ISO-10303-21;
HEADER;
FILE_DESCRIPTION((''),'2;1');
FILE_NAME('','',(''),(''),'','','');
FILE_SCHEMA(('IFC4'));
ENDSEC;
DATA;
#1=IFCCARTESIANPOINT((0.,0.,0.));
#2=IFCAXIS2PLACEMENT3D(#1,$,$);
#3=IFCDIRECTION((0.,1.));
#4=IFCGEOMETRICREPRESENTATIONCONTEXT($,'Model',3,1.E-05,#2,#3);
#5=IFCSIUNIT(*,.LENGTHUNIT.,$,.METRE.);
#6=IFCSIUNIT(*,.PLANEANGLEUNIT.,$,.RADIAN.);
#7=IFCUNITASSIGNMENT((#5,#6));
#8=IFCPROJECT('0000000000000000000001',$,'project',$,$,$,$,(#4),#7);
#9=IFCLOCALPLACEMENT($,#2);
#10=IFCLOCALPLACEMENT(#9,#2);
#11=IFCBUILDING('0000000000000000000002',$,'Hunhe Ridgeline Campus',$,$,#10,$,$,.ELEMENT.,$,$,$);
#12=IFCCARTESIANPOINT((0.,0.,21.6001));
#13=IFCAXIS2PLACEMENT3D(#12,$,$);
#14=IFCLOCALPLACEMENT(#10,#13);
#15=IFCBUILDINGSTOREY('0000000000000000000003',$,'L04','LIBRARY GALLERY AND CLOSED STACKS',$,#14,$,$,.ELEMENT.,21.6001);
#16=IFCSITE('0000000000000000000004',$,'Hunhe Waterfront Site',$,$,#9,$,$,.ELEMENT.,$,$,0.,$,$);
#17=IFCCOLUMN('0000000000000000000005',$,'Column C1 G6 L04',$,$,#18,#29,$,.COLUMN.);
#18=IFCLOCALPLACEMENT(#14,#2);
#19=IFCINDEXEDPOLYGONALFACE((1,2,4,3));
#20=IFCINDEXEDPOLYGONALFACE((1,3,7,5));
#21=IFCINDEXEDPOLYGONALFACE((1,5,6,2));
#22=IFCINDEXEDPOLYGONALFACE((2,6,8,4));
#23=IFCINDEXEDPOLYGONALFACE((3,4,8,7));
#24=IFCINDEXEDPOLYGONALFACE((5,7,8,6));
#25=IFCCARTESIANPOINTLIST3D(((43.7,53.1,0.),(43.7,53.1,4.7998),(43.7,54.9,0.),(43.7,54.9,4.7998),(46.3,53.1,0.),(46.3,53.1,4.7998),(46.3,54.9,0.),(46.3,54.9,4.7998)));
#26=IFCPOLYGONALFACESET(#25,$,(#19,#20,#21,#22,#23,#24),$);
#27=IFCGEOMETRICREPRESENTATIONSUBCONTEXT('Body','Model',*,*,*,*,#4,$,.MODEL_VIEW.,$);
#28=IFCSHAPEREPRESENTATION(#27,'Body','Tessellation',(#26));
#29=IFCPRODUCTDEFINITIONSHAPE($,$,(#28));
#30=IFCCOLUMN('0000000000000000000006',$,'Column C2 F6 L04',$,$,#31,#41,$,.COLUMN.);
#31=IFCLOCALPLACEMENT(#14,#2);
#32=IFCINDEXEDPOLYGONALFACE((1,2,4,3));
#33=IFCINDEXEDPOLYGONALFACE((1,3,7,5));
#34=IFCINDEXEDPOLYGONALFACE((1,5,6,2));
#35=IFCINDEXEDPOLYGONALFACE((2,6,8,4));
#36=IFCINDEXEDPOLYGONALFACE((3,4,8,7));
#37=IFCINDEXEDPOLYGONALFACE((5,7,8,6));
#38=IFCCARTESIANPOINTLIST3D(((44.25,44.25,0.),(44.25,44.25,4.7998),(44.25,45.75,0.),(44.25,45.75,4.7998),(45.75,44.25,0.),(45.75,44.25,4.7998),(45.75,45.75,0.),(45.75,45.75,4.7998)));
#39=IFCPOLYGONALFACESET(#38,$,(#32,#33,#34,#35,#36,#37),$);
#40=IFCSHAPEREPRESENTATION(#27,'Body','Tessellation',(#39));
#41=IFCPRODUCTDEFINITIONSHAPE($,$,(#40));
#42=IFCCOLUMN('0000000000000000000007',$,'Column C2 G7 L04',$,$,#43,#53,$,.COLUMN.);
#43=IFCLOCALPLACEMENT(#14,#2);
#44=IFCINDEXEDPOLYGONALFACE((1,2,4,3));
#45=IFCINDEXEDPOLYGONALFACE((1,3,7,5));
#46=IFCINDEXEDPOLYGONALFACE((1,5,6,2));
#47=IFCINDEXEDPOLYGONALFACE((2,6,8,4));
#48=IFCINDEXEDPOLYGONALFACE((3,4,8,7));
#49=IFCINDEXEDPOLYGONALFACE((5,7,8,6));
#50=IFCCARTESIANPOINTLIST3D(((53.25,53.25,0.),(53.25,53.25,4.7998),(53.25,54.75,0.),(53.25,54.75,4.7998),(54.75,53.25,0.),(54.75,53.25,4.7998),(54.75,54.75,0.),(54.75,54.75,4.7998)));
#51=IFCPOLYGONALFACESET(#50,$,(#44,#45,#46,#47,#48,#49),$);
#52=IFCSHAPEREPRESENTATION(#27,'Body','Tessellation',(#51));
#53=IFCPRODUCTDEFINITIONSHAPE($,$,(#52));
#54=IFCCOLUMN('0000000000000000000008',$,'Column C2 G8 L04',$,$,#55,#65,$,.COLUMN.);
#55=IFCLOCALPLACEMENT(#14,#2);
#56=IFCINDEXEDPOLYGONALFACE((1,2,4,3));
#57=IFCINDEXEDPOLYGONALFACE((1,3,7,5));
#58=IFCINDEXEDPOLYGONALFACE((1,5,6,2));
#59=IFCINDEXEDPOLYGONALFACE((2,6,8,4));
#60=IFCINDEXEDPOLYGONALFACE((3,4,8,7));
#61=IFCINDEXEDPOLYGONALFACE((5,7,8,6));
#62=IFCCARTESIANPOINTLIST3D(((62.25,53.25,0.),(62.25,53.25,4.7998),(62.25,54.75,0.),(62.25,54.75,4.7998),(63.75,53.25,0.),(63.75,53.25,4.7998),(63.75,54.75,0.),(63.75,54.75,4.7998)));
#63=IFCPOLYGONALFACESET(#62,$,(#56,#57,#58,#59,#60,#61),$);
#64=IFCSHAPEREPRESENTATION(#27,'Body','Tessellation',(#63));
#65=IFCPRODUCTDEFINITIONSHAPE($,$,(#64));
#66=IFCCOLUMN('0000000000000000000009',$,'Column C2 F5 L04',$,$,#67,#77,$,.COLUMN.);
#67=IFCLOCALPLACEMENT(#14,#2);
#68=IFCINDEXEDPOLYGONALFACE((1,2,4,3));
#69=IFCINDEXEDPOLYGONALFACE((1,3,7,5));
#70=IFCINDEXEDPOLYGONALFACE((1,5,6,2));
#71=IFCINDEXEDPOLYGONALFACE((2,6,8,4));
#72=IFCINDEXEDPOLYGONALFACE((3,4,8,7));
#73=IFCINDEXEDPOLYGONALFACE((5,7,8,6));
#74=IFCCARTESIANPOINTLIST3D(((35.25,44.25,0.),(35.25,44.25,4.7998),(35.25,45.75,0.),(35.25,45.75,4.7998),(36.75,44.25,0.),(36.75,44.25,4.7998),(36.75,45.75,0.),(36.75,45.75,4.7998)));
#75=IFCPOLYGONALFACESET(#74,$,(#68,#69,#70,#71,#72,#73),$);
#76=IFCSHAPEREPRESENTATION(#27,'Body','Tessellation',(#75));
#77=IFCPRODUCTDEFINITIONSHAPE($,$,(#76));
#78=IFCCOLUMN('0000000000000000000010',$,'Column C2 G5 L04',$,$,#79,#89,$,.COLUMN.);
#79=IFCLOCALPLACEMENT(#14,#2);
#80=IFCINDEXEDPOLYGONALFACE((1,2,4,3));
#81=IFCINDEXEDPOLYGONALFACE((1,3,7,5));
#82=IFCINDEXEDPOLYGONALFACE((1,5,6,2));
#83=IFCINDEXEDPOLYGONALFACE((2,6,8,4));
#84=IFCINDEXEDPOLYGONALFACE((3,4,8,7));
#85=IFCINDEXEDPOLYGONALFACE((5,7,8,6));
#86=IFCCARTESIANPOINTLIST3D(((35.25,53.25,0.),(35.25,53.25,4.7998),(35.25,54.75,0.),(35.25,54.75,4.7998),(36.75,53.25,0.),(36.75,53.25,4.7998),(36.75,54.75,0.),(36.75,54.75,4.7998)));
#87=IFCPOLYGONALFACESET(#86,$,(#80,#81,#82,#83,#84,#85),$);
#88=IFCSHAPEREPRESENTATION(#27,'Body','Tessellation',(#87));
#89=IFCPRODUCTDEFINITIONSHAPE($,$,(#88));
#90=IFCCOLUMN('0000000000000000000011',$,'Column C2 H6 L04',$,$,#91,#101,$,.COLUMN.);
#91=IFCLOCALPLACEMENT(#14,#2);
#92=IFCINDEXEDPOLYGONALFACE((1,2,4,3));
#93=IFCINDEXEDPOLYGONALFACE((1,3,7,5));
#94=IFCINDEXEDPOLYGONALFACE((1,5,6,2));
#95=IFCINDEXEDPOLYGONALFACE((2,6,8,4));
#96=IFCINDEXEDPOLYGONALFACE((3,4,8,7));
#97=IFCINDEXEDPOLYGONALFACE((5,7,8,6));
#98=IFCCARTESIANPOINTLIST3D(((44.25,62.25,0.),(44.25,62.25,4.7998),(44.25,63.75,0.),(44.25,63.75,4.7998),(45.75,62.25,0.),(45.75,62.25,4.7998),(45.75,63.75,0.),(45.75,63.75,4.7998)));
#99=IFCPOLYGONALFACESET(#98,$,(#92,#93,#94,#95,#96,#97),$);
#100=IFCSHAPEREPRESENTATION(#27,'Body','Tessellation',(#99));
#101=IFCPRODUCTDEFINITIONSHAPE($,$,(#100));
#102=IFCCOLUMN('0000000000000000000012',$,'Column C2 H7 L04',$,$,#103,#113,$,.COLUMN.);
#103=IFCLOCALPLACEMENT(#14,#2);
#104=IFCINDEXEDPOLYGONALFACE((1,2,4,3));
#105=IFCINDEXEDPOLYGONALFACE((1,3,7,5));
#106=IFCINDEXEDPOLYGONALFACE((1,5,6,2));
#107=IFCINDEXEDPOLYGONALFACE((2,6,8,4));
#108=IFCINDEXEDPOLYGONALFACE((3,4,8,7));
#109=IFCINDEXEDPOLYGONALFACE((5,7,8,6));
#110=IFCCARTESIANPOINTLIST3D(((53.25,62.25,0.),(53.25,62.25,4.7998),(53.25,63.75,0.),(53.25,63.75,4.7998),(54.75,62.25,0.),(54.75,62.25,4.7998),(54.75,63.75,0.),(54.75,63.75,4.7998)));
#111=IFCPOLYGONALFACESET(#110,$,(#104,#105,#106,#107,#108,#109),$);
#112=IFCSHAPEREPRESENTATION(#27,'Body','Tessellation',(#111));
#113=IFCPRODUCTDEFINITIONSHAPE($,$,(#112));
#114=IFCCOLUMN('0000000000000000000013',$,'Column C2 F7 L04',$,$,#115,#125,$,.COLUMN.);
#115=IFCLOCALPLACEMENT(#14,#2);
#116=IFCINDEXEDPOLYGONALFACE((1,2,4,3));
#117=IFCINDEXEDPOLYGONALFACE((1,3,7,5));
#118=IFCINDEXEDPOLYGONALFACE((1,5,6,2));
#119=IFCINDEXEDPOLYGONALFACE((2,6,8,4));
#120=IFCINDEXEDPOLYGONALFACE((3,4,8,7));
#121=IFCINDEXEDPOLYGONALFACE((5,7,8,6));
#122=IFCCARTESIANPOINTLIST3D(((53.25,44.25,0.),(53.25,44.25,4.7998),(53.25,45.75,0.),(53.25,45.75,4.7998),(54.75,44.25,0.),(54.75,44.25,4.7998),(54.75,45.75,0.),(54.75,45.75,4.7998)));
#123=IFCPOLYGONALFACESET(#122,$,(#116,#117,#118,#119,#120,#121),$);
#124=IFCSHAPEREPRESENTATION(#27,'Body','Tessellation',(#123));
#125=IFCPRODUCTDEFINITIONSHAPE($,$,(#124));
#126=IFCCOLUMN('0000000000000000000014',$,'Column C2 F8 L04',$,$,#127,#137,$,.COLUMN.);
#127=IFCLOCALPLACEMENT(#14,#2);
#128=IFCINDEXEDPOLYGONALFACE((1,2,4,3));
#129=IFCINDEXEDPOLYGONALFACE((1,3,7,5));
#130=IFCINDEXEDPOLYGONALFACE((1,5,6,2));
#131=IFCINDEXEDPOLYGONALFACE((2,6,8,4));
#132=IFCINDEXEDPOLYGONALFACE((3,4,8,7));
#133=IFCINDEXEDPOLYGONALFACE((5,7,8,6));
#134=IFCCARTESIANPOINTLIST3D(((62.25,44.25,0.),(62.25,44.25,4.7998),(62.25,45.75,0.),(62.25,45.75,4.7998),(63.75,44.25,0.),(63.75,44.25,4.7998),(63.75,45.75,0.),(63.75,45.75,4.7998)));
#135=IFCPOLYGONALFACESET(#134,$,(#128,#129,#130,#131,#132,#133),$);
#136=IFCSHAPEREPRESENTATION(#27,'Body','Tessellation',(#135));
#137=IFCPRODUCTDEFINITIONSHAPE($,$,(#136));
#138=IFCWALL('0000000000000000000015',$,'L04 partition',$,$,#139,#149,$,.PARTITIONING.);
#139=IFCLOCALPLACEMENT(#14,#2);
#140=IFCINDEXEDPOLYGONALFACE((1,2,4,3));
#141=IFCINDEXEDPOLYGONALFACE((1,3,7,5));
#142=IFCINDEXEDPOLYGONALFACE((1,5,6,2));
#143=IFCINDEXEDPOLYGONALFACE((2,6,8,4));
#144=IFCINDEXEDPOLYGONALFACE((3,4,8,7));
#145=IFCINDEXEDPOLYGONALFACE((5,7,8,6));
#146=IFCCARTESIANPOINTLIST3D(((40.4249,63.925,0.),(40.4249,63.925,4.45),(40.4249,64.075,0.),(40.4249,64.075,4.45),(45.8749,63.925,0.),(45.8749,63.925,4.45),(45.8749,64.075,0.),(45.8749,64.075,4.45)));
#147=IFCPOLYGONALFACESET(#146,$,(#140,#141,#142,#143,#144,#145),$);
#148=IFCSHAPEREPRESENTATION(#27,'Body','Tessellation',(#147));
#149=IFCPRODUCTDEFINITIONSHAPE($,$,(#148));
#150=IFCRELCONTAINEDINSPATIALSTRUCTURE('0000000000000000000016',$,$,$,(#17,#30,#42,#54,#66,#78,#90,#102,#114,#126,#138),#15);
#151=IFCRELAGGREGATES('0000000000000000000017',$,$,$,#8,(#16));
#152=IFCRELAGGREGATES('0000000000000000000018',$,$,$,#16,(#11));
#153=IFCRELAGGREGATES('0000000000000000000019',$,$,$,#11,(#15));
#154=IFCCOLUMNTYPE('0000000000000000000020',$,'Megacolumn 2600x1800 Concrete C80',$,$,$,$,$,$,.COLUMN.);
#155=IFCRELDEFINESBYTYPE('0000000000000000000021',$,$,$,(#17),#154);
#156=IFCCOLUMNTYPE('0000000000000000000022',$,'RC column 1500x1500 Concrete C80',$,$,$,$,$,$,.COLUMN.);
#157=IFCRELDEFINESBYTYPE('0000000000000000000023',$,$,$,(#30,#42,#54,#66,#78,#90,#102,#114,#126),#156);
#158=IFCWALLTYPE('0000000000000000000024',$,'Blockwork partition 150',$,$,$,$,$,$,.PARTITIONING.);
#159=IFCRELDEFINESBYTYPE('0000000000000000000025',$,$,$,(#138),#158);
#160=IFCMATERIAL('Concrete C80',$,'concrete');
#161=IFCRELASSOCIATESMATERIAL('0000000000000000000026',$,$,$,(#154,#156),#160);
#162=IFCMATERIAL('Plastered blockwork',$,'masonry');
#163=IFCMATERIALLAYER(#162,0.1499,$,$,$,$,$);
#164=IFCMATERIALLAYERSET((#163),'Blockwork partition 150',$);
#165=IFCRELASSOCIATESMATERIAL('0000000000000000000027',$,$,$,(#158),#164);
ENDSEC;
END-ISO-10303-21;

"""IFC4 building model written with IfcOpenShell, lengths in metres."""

from ifc_helpers import new_model, si_unit, direction, frame, frame_2d, origin, origin_2d, place, context, subcontext, project, spatial, rectangle, extrude, material, layer, layer_set, material_profile, profile_set, type_object, element, save


model = new_model("IFC4")

# Units and contexts
model_context = context("Model", 3, precision=1e-05, world=origin(), true_north=direction((0.0, 1.0)))
body_context = subcontext(model_context, "Body", "Model", "MODEL_VIEW")
ifc_project = project(units=[si_unit("LENGTHUNIT", "METRE"), si_unit("PLANEANGLEUNIT", "RADIAN")], contexts=[model_context])

# Site, building, storey
site_placement = place(None, origin())
site = spatial("IfcSite", under=ifc_project, at=site_placement, Name="Hunhe Waterfront Site", CompositionType="ELEMENT", RefElevation=0.0)
building_placement = place(site_placement, origin())
building = spatial("IfcBuilding", under=site, at=building_placement, Name="Hunhe Ridgeline Campus", CompositionType="ELEMENT")
storey_placement = place(building_placement, frame((0.0, 0.0, 21.6001)))
storey = spatial("IfcBuildingStorey", under=building, at=storey_placement, Name="L04", Description="LIBRARY GALLERY AND CLOSED STACKS", CompositionType="ELEMENT", Elevation=21.6001)

# Columns
ifc_material_1 = material(Name="Concrete C80", Category="concrete")
ifc_material_profile_1 = material_profile(ifc_material_1, rectangle(XDim=2.6001, YDim=1.8, at=origin_2d()))
ifc_profile_set_1 = profile_set([ifc_material_profile_1], Name="Concrete C80")
column_type_1 = type_object("IfcColumnType", Name="Megacolumn 2600x1800 Concrete C80", PredefinedType="COLUMN", material=ifc_profile_set_1)
column_placement = place(storey_placement, frame((45.0, 54.0, 0.0), z_axis=(0.0, 0.0, 1.0), x_axis=(1.0, 0.0, 0.0)))
element("IfcColumn", 1, at=column_placement, inside=storey, type_object=column_type_1, Name="Column C1 G6 L04", PredefinedType="COLUMN", context=body_context, shape_type="SweptSolid", body=[
    extrude(rectangle(XDim=2.6001, YDim=1.8, at=origin_2d()), origin(), (0.0, 0.0, 1.0), 4.7998),
])
ifc_material_profile_2 = material_profile(ifc_material_1, rectangle(XDim=1.5, YDim=1.5, at=origin_2d()))
ifc_profile_set_2 = profile_set([ifc_material_profile_2], Name="Concrete C80")
column_type_2 = type_object("IfcColumnType", Name="RC column 1500x1500 Concrete C80", PredefinedType="COLUMN", material=ifc_profile_set_2)
for number, where, z_axis, x_axis, name in (
    (2, (45.0, 45.0, 0.0), (0.0, 0.0, 1.0), (1.0, 0.0, 0.0), "Column C2 F6 L04"),
    (3, (54.0, 54.0, 0.0), (0.0, 0.0, 1.0), (1.0, 0.0, 0.0), "Column C2 G7 L04"),
    (4, (63.0, 54.0, 0.0), (0.0, 0.0, 1.0), (1.0, 0.0, 0.0), "Column C2 G8 L04"),
    (5, (36.0, 45.0, 0.0), (0.0, 0.0, 1.0), (1.0, 0.0, 0.0), "Column C2 F5 L04"),
    (6, (36.0, 54.0, 0.0), (0.0, 0.0, 1.0), (1.0, 0.0, 0.0), "Column C2 G5 L04"),
    (7, (45.0, 63.0, 0.0), (0.0, 0.0, 1.0), (1.0, 0.0, 0.0), "Column C2 H6 L04"),
    (8, (54.0, 63.0, 0.0), (0.0, 0.0, 1.0), (1.0, 0.0, 0.0), "Column C2 H7 L04"),
    (9, (54.0, 45.0, 0.0), (0.0, 0.0, 1.0), (1.0, 0.0, 0.0), "Column C2 F7 L04"),
    (10, (63.0, 45.0, 0.0), (0.0, 0.0, 1.0), (1.0, 0.0, 0.0), "Column C2 F8 L04"),
):
    element("IfcColumn", number, at=place(storey_placement, frame(where, z_axis=z_axis, x_axis=x_axis)), inside=storey, type_object=column_type_2, Name=name, PredefinedType="COLUMN", context=body_context, shape_type="SweptSolid", body=[
        extrude(rectangle(XDim=1.5, YDim=1.5, at=origin_2d()), origin(), (0.0, 0.0, 1.0), 4.7998),
    ])

# Wall
ifc_material_2 = material(Name="Plastered blockwork", Category="masonry")
ifc_layer_1 = layer(ifc_material_2, 0.1499)
ifc_layer_set_1 = layer_set([ifc_layer_1], Name="Blockwork partition 150")
wall_type_1 = type_object("IfcWallType", Name="Blockwork partition 150", PredefinedType="PARTITIONING", material=ifc_layer_set_1)
wall_1_placement = place(storey_placement, frame((45.875, 64.0, 0.0), z_axis=(0.0, 0.0, 1.0), x_axis=(-1.0, 0.0, 0.0)))
element("IfcWall", 11, at=wall_1_placement, inside=storey, type_object=wall_type_1, Name="L04 partition", PredefinedType="PARTITIONING", context=body_context, shape_type="SweptSolid", body=[
    extrude(rectangle(XDim=5.45, YDim=0.1499, at=frame_2d((2.7251, 0.0))), origin(), (0.0, 0.0, 1.0), 4.45),
])

save(model, "model.ifc")
